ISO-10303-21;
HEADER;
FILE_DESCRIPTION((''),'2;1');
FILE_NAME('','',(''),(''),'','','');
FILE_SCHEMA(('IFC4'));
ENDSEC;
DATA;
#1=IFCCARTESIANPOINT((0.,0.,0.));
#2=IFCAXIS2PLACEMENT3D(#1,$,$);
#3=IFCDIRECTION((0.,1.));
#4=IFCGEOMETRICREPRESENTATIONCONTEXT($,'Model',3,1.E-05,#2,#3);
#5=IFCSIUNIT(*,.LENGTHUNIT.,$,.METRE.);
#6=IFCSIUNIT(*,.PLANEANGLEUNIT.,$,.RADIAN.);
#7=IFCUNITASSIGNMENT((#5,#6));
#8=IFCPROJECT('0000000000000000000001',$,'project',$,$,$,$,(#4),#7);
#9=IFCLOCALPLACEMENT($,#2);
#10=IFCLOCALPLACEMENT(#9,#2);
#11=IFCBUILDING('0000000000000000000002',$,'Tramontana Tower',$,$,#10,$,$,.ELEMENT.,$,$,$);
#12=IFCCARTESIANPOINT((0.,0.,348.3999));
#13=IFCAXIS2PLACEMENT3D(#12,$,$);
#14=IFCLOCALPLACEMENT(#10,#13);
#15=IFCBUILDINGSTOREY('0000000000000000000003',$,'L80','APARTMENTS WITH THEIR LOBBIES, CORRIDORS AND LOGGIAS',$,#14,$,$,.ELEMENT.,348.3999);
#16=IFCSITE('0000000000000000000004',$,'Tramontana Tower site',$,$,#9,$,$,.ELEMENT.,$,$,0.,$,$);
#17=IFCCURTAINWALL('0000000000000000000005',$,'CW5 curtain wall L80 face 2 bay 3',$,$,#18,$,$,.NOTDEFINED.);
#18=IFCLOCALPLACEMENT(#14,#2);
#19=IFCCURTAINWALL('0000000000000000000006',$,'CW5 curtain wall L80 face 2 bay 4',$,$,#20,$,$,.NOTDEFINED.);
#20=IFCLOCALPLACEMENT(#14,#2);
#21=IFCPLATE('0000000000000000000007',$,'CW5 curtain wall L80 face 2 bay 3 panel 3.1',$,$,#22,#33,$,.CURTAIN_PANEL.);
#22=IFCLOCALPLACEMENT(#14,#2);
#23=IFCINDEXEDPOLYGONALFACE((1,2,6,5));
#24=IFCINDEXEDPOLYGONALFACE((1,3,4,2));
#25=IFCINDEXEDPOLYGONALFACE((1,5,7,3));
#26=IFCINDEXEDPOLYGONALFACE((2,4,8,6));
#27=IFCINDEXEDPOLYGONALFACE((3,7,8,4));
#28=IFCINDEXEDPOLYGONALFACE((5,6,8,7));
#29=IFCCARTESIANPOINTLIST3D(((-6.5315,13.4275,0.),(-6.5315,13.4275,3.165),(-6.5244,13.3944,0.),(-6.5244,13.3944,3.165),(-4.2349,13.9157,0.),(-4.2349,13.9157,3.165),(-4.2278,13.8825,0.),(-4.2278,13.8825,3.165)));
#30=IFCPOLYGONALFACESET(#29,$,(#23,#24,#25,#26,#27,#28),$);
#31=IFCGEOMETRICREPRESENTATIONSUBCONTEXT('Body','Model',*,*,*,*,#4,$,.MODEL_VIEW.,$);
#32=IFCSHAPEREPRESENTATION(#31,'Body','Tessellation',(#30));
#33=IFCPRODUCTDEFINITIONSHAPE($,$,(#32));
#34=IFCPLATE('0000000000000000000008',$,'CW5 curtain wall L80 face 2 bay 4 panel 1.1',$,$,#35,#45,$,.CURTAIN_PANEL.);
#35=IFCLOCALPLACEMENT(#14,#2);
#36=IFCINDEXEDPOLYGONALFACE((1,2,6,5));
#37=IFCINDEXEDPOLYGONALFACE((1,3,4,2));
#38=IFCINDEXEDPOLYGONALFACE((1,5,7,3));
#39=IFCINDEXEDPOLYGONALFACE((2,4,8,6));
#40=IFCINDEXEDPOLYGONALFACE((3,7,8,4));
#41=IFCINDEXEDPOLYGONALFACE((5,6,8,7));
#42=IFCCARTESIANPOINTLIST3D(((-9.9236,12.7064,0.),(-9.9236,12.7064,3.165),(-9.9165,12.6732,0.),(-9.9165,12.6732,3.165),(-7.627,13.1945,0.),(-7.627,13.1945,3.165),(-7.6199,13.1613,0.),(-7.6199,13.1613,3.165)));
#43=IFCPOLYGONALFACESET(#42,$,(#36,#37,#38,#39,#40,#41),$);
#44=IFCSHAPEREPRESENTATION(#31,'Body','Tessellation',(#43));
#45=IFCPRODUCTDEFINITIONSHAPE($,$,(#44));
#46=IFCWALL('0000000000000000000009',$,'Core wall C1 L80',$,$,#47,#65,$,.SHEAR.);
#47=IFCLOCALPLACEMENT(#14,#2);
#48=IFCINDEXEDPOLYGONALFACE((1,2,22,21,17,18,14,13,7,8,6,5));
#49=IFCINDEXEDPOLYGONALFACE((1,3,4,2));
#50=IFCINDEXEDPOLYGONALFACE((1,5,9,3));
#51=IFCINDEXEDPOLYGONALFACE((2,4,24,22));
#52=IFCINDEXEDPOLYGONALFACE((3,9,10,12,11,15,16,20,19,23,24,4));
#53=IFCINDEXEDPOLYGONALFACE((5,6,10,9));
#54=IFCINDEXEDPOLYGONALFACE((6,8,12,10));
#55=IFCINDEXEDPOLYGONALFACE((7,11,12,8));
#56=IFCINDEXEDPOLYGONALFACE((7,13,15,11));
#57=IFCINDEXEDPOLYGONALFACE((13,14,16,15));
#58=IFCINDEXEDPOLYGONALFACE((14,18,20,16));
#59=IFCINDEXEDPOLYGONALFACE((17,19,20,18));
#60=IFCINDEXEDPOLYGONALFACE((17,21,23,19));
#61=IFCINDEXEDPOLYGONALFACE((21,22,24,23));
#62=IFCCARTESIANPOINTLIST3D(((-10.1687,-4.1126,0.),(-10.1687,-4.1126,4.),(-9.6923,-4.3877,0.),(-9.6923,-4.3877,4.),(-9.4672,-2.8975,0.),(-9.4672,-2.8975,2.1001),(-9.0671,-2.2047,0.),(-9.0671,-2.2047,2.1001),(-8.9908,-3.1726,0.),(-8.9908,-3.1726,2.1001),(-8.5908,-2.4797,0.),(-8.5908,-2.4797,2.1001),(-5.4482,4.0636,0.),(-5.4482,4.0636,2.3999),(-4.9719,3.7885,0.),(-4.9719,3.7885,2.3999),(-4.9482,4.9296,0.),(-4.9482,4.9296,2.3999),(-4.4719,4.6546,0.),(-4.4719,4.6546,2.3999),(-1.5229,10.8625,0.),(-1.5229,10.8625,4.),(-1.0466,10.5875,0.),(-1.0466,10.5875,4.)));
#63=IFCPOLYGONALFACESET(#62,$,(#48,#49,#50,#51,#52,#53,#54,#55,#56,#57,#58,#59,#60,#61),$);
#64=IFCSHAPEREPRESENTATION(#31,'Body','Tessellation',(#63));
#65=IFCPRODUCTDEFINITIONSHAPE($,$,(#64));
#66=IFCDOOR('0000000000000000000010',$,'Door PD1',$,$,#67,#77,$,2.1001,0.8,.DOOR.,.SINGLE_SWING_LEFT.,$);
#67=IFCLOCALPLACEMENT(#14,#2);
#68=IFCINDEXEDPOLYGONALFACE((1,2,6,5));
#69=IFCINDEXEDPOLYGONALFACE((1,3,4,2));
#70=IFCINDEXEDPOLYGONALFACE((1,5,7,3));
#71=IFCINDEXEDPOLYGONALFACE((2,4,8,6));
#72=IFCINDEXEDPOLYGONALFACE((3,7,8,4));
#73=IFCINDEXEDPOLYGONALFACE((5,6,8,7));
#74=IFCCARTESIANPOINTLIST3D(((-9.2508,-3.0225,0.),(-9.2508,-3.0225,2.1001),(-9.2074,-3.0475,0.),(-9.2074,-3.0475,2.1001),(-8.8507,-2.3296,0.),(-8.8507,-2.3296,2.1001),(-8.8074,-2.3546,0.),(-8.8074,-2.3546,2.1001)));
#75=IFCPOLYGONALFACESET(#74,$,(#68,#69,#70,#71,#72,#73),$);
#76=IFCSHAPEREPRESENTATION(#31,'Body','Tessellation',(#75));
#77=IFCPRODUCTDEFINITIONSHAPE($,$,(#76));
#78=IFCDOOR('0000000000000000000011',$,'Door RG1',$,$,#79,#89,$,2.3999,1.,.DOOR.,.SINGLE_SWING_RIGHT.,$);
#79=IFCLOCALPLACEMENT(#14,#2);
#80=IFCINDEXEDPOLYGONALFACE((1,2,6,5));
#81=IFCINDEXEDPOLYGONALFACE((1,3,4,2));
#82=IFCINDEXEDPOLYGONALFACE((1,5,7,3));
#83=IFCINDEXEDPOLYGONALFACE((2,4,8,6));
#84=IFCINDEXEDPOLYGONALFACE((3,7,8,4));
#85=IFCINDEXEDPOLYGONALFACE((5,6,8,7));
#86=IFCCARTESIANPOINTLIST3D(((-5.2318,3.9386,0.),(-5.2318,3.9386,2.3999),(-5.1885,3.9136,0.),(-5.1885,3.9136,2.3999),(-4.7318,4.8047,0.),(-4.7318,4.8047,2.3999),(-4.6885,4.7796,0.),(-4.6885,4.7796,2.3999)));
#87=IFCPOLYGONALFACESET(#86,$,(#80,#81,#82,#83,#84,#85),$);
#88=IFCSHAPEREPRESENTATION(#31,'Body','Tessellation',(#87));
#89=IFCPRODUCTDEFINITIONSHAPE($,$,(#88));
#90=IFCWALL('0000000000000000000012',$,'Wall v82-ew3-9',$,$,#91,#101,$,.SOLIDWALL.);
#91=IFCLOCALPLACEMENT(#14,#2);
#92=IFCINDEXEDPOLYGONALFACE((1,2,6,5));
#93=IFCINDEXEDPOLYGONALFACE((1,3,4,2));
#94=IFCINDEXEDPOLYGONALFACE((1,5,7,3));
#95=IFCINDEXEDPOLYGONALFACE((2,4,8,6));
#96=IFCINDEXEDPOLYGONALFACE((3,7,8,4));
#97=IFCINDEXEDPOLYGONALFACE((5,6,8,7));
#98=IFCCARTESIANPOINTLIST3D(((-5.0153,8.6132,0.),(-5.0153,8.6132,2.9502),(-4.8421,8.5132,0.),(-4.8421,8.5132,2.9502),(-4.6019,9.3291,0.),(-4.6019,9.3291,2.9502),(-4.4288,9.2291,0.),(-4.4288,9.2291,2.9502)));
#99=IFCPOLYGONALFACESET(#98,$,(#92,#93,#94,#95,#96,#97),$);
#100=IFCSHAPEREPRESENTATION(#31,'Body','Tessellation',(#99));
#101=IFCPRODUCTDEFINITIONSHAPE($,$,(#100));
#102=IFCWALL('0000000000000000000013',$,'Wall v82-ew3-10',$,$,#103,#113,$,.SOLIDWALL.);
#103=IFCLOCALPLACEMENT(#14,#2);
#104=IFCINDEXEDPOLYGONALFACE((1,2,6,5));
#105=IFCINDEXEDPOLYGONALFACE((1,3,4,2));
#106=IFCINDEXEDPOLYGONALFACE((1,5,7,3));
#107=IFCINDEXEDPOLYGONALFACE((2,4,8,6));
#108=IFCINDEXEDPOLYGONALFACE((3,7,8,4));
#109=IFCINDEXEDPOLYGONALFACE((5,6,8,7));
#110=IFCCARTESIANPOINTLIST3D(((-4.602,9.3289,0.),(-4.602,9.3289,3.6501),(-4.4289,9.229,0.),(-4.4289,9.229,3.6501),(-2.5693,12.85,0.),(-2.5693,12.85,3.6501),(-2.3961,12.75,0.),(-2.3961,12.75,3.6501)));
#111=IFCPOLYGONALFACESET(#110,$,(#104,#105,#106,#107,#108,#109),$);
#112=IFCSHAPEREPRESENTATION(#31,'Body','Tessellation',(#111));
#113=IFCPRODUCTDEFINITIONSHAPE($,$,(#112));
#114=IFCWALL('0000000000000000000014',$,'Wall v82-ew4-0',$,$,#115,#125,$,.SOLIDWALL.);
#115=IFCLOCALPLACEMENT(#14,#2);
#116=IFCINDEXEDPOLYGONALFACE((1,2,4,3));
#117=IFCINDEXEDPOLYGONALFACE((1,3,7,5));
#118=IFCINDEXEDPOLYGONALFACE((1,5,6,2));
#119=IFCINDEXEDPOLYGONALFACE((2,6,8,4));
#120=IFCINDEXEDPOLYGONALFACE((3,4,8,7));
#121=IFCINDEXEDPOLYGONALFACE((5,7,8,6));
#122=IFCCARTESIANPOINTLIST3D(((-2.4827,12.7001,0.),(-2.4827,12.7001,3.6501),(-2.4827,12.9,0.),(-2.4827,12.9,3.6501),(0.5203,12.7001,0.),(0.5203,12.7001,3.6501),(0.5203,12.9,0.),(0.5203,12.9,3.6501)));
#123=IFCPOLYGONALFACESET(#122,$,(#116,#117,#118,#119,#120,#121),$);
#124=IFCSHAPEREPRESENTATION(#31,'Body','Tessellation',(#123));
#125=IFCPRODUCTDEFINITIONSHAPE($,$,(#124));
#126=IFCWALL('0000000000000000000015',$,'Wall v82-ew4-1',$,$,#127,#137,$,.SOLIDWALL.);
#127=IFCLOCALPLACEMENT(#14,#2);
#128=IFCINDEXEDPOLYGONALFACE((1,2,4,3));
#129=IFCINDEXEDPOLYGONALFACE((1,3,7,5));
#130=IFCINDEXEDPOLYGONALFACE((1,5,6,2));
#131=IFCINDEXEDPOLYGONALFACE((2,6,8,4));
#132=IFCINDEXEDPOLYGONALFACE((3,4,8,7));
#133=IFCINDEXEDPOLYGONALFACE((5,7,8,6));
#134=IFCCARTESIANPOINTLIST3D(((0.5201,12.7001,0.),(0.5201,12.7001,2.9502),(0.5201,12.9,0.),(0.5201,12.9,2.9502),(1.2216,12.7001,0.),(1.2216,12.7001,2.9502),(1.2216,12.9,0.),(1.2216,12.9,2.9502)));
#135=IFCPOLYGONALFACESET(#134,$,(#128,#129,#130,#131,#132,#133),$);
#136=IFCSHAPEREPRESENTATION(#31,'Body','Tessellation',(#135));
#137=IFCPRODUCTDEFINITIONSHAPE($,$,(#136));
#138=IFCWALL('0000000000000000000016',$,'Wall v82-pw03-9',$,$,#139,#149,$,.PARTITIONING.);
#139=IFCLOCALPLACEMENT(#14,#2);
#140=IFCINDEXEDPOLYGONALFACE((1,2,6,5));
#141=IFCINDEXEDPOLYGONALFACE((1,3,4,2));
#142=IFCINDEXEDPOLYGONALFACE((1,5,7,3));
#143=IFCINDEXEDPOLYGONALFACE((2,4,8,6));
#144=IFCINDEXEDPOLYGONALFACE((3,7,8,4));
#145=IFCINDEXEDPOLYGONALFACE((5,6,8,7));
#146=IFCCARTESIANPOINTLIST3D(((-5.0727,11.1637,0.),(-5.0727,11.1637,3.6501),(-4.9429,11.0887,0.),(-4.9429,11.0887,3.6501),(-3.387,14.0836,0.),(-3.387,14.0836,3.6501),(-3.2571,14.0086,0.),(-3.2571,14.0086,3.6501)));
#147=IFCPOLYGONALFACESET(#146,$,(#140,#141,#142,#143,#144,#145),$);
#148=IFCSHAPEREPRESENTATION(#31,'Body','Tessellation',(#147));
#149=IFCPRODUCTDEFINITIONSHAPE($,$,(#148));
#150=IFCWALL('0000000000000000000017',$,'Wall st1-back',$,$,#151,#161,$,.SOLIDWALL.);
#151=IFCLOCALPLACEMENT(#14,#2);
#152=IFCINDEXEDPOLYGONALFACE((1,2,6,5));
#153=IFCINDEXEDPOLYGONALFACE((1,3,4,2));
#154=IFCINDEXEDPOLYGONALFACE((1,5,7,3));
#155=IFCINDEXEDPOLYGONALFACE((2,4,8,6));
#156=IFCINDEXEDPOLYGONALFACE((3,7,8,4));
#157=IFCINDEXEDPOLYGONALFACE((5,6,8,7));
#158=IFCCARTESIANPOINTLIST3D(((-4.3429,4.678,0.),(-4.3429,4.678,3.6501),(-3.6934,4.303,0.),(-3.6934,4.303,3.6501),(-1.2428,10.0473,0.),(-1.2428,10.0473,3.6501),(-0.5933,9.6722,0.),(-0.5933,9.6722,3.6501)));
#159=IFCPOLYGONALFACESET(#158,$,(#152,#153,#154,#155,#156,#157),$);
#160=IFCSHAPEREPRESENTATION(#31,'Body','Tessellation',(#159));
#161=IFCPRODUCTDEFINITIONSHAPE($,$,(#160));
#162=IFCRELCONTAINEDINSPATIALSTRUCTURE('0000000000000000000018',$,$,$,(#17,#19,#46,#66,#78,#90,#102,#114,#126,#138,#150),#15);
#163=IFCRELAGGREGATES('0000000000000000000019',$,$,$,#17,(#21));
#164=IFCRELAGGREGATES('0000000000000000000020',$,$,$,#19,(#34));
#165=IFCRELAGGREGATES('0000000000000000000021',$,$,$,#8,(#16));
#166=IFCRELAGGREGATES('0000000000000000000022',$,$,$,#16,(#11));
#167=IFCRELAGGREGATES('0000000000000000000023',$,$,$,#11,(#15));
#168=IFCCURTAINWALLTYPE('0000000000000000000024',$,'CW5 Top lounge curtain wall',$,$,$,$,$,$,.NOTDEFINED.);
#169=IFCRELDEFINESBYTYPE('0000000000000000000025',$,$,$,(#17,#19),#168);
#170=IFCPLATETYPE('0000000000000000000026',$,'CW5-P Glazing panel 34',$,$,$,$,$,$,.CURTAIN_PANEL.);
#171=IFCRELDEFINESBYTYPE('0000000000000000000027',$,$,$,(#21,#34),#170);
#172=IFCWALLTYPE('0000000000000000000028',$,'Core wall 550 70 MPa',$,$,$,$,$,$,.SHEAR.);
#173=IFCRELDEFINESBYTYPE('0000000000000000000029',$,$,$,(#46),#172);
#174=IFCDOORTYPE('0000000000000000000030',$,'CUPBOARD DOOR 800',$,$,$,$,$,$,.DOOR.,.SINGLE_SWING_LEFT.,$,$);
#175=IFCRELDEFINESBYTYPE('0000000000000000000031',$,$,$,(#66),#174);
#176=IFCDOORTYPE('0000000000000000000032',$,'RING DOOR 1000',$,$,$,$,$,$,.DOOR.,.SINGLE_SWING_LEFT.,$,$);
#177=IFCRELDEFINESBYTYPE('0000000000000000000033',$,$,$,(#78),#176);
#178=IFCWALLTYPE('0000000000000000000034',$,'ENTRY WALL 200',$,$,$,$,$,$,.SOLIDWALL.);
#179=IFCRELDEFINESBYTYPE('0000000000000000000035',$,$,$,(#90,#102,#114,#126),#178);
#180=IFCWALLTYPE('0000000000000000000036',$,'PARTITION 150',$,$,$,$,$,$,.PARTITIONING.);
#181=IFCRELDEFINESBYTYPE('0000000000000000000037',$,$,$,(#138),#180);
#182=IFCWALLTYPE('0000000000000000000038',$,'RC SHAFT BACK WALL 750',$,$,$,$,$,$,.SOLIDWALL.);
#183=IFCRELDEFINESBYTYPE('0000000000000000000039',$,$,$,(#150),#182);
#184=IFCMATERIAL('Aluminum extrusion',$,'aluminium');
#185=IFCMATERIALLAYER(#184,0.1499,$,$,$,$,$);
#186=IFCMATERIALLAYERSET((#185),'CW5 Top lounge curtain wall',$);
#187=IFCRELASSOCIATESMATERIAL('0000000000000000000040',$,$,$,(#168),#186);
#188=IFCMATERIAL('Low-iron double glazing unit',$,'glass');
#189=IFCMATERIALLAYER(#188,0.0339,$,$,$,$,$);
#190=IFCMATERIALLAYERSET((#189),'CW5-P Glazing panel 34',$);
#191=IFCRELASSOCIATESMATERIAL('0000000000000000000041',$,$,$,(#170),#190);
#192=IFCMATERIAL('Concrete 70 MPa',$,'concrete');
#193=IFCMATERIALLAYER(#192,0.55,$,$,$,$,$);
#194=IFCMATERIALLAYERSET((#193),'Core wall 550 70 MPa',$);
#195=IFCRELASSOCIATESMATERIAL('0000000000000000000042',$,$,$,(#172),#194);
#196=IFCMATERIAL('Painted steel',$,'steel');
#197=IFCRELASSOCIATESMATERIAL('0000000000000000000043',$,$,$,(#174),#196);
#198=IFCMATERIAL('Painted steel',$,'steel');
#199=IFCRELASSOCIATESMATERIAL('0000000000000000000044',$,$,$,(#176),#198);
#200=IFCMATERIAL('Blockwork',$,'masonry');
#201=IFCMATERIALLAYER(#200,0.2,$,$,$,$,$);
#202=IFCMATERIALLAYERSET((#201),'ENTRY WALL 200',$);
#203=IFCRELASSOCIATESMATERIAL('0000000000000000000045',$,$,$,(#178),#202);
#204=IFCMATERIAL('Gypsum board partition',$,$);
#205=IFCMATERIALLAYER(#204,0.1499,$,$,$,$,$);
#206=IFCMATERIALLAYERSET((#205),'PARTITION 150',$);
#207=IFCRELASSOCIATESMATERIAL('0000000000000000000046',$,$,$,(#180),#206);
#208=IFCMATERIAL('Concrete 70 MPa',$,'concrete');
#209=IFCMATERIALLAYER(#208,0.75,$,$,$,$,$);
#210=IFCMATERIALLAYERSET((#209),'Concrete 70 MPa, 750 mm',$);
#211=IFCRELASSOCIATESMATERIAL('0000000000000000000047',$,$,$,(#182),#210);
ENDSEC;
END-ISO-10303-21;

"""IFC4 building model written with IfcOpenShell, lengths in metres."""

from ifc_helpers import new_model, si_unit, direction, frame, frame_2d, origin, origin_2d, place, context, subcontext, project, spatial, rectangle, extrude, material, layer, layer_set, type_object, element, fill, aggregate, save


model = new_model("IFC4")

# Units and contexts
model_context = context("Model", 3, precision=1e-05, world=origin(), true_north=direction((0.0, 1.0)))
body_context = subcontext(model_context, "Body", "Model", "MODEL_VIEW")
ifc_project = project(units=[si_unit("LENGTHUNIT", "METRE"), si_unit("PLANEANGLEUNIT", "RADIAN")], contexts=[model_context])

# Site, building, storey
site_placement = place(None, origin())
site = spatial("IfcSite", under=ifc_project, at=site_placement, Name="Tramontana Tower site", CompositionType="ELEMENT", RefElevation=0.0)
building_placement = place(site_placement, origin())
building = spatial("IfcBuilding", under=site, at=building_placement, Name="Tramontana Tower", CompositionType="ELEMENT")
storey_placement = place(building_placement, frame((0.0, 0.0, 348.3999)))
storey = spatial("IfcBuildingStorey", under=building, at=storey_placement, Name="L80", Description="APARTMENTS WITH THEIR LOBBIES, CORRIDORS AND LOGGIAS", CompositionType="ELEMENT", Elevation=348.3999)

# Curtain wall
ifc_material_1 = material(Name="Aluminum extrusion", Category="aluminium")
ifc_layer_1 = layer(ifc_material_1, 0.1499)
ifc_layer_set_1 = layer_set([ifc_layer_1], Name="CW5 Top lounge curtain wall")
curtain_wall_type = type_object("IfcCurtainWallType", Name="CW5 Top lounge curtain wall", PredefinedType="NOTDEFINED", material=ifc_layer_set_1)
curtain_wall_1_placement = place(storey_placement, origin())
curtain_wall_1 = element("IfcCurtainWall", 1, at=curtain_wall_1_placement, inside=storey, type_object=curtain_wall_type, Name="CW5 curtain wall L80 face 2 bay 3", PredefinedType="NOTDEFINED")

# Curtain wall
curtain_wall_2_placement = place(storey_placement, origin())
curtain_wall_2 = element("IfcCurtainWall", 2, at=curtain_wall_2_placement, inside=storey, type_object=curtain_wall_type, Name="CW5 curtain wall L80 face 2 bay 4", PredefinedType="NOTDEFINED")

# Plates
ifc_material_2 = material(Name="Low-iron double glazing unit", Category="glass")
ifc_layer_2 = layer(ifc_material_2, 0.0339)
ifc_layer_set_2 = layer_set([ifc_layer_2], Name="CW5-P Glazing panel 34")
plate_type = type_object("IfcPlateType", Name="CW5-P Glazing panel 34", PredefinedType="CURTAIN_PANEL", material=ifc_layer_set_2)
plate_1_placement = place(storey_placement, frame((-5.3796, 13.655, 0.0), z_axis=(0.0, 0.0, 1.0), x_axis=(-0.978148, -0.207912, 0.0)))
plate_1 = element("IfcPlate", 3, at=plate_1_placement, type_object=plate_type, Name="CW5 curtain wall L80 face 2 bay 3 panel 3.1", PredefinedType="CURTAIN_PANEL", context=body_context, shape_type="SweptSolid", body=[
    extrude(rectangle(XDim=2.3479, YDim=0.0339, at=origin_2d()), origin(), (0.0, 0.0, 1.0), 3.165),
])
aggregate(curtain_wall_1, [plate_1])
plate_2_placement = place(storey_placement, frame((-8.7717, 12.9338, 0.0), z_axis=(0.0, 0.0, 1.0), x_axis=(-0.978148, -0.207912, 0.0)))
plate_2 = element("IfcPlate", 4, at=plate_2_placement, type_object=plate_type, Name="CW5 curtain wall L80 face 2 bay 4 panel 1.1", PredefinedType="CURTAIN_PANEL", context=body_context, shape_type="SweptSolid", body=[
    extrude(rectangle(XDim=2.3479, YDim=0.0339, at=origin_2d()), origin(), (0.0, 0.0, 1.0), 3.165),
])
aggregate(curtain_wall_2, [plate_2])

# Wall, openings, doors
ifc_material_3 = material(Name="Concrete 70 MPa", Category="concrete")
ifc_layer_3 = layer(ifc_material_3, 0.55)
ifc_layer_set_3 = layer_set([ifc_layer_3], Name="Core wall 550 70 MPa")
wall_type_1 = type_object("IfcWallType", Name="Core wall 550 70 MPa", PredefinedType="SHEAR", material=ifc_layer_set_3)
wall_1_placement = place(storey_placement, frame((-1.2847, 10.7251, 0.0), z_axis=(0.0, 0.0, 1.0), x_axis=(-0.499995, -0.866029, 0.0)))
wall_1 = element("IfcWall", 5, at=wall_1_placement, inside=storey, type_object=wall_type_1, Name="Core wall C1 L80", PredefinedType="SHEAR", context=body_context, shape_type="SweptSolid", body=[
    extrude(rectangle(XDim=17.2917, YDim=0.55, at=frame_2d((8.646, 0.0))), origin(), (0.0, 0.0, 1.0), 4.0),
])
opening_1_placement = place(wall_1_placement, frame((6.8508, 0.0, 0.0)))
opening_1 = element("IfcOpeningElement", 6, at=opening_1_placement, cuts=wall_1, PredefinedType="OPENING", context=body_context, shape_type="SweptSolid", body=[
    extrude(rectangle(XDim=1.0, YDim=2.3999, at=frame_2d((0.5, 1.2))), frame((0.0, 0.2849, 0.0), z_axis=(0.0, -1.0, 0.0), x_axis=(1.0, 0.0, 0.0)), (0.0, 0.0, 1.0), 0.5701),
])
opening_2_placement = place(wall_1_placement, frame((15.0889, 0.0, 0.0)))
opening_2 = element("IfcOpeningElement", 7, at=opening_2_placement, cuts=wall_1, PredefinedType="OPENING", context=body_context, shape_type="SweptSolid", body=[
    extrude(rectangle(XDim=0.8, YDim=2.1001, at=frame_2d((0.3999, 1.05))), frame((0.0, 0.2849, 0.0), z_axis=(0.0, -1.0, 0.0), x_axis=(1.0, 0.0, 0.0)), (0.0, 0.0, 1.0), 0.5701),
])
ifc_material_4 = material(Name="Painted steel", Category="steel")
door_type_1 = type_object("IfcDoorType", Name="CUPBOARD DOOR 800", OperationType="SINGLE_SWING_LEFT", PredefinedType="DOOR", material=ifc_material_4)
door_1_placement = place(opening_2_placement, origin())
door_1 = element("IfcDoor", 8, at=door_1_placement, inside=storey, type_object=door_type_1, Name="Door PD1", OperationType="SINGLE_SWING_LEFT", OverallHeight=2.1001, OverallWidth=0.8, PredefinedType="DOOR", context=body_context, shape_type="SweptSolid", body=[
    extrude(rectangle(XDim=0.8, YDim=2.1001, at=frame_2d((0.3999, 1.05))), frame((0.0, 0.0249, 0.0), z_axis=(0.0, -1.0, 0.0), x_axis=(1.0, 0.0, 0.0)), (0.0, 0.0, 1.0), 0.05),
])
fill(opening_2, door_1)
ifc_material_5 = material(Name="Painted steel", Category="steel")
door_type_2 = type_object("IfcDoorType", Name="RING DOOR 1000", OperationType="SINGLE_SWING_LEFT", PredefinedType="DOOR", material=ifc_material_5)
door_2_placement = place(opening_1_placement, origin())
door_2 = element("IfcDoor", 9, at=door_2_placement, inside=storey, type_object=door_type_2, Name="Door RG1", OperationType="SINGLE_SWING_RIGHT", OverallHeight=2.3999, OverallWidth=1.0, PredefinedType="DOOR", context=body_context, shape_type="SweptSolid", body=[
    extrude(rectangle(XDim=1.0, YDim=2.3999, at=frame_2d((0.5, 1.2))), frame((0.0, 0.0249, 0.0), z_axis=(0.0, -1.0, 0.0), x_axis=(1.0, 0.0, 0.0)), (0.0, 0.0, 1.0), 0.05),
])
fill(opening_1, door_2)

# Walls
ifc_material_6 = material(Name="Blockwork", Category="masonry")
ifc_layer_4 = layer(ifc_material_6, 0.2)
ifc_layer_set_4 = layer_set([ifc_layer_4], Name="ENTRY WALL 200")
wall_type_2 = type_object("IfcWallType", Name="ENTRY WALL 200", PredefinedType="SOLIDWALL", material=ifc_layer_set_4)
wall_2_placement = place(storey_placement, frame((-4.9287, 8.5632, 0.0), z_axis=(0.0, 0.0, 1.0), x_axis=(0.500046, 0.865999, 0.0)))
element("IfcWall", 10, at=wall_2_placement, inside=storey, type_object=wall_type_2, Name="Wall v82-ew3-9", PredefinedType="SOLIDWALL", context=body_context, shape_type="SweptSolid", body=[
    extrude(rectangle(XDim=0.8267, YDim=0.2, at=frame_2d((0.4133, 0.0))), origin(), (0.0, 0.0, 1.0), 2.9502),
])
wall_3_placement = place(storey_placement, frame((-4.5154, 9.2791, 0.0), z_axis=(0.0, 0.0, 1.0), x_axis=(0.499975, 0.86604, 0.0)))
element("IfcWall", 11, at=wall_3_placement, inside=storey, type_object=wall_type_2, Name="Wall v82-ew3-10", PredefinedType="SOLIDWALL", context=body_context, shape_type="SweptSolid", body=[
    extrude(rectangle(XDim=4.0657, YDim=0.2, at=frame_2d((2.0327, 0.0))), origin(), (0.0, 0.0, 1.0), 3.6501),
])
wall_4_placement = place(storey_placement, frame((-2.4827, 12.8, 0.0), z_axis=(0.0, 0.0, 1.0), x_axis=(1.0, 0.0, 0.0)))
element("IfcWall", 12, at=wall_4_placement, inside=storey, type_object=wall_type_2, Name="Wall v82-ew4-0", PredefinedType="SOLIDWALL", context=body_context, shape_type="SweptSolid", body=[
    extrude(rectangle(XDim=3.0029, YDim=0.2, at=frame_2d((1.5015, 0.0))), origin(), (0.0, 0.0, 1.0), 3.6501),
])
wall_5_placement = place(storey_placement, frame((0.5203, 12.8, 0.0), z_axis=(0.0, 0.0, 1.0), x_axis=(1.0, 0.0, 0.0)))
element("IfcWall", 13, at=wall_5_placement, inside=storey, type_object=wall_type_2, Name="Wall v82-ew4-1", PredefinedType="SOLIDWALL", context=body_context, shape_type="SweptSolid", body=[
    extrude(rectangle(XDim=0.7014, YDim=0.2, at=frame_2d((0.3506, 0.0))), origin(), (0.0, 0.0, 1.0), 2.9502),
])

# Shared definitions
ifc_material_7 = material(Name="Gypsum board partition")
ifc_layer_5 = layer(ifc_material_7, 0.1499)
ifc_layer_set_5 = layer_set([ifc_layer_5], Name="PARTITION 150")
wall_type_3 = type_object("IfcWallType", Name="PARTITION 150", PredefinedType="PARTITIONING", material=ifc_layer_set_5)

# Walls
wall_6_placement = place(storey_placement, frame((-5.0078, 11.1262, 0.0), z_axis=(0.0, 0.0, 1.0), x_axis=(0.499994, 0.866029, 0.0)))
element("IfcWall", 14, at=wall_6_placement, inside=storey, type_object=wall_type_3, Name="Wall v82-pw03-9", PredefinedType="PARTITIONING", context=body_context, shape_type="SweptSolid", body=[
    extrude(rectangle(XDim=3.3716, YDim=0.1499, at=frame_2d((1.6858, 0.0))), origin(), (0.0, 0.0, 1.0), 3.6501),
])
ifc_material_8 = material(Name="Concrete 70 MPa", Category="concrete")
ifc_layer_6 = layer(ifc_material_8, 0.75)
ifc_layer_set_6 = layer_set([ifc_layer_6], Name="Concrete 70 MPa, 750 mm")
wall_type_4 = type_object("IfcWallType", Name="RC SHAFT BACK WALL 750", PredefinedType="SOLIDWALL", material=ifc_layer_set_6)
wall_7_placement = place(storey_placement, frame((-0.918, 9.8599, 0.0), z_axis=(0.0, 0.0, 1.0), x_axis=(-0.500027, -0.86601, 0.0)))
element("IfcWall", 15, at=wall_7_placement, inside=storey, type_object=wall_type_4, Name="Wall st1-back", PredefinedType="SOLIDWALL", context=body_context, shape_type="SweptSolid", body=[
    extrude(rectangle(XDim=6.2, YDim=0.75, at=frame_2d((3.1001, 0.0))), origin(), (0.0, 0.0, 1.0), 3.6501),
])

save(model, "model.ifc")
